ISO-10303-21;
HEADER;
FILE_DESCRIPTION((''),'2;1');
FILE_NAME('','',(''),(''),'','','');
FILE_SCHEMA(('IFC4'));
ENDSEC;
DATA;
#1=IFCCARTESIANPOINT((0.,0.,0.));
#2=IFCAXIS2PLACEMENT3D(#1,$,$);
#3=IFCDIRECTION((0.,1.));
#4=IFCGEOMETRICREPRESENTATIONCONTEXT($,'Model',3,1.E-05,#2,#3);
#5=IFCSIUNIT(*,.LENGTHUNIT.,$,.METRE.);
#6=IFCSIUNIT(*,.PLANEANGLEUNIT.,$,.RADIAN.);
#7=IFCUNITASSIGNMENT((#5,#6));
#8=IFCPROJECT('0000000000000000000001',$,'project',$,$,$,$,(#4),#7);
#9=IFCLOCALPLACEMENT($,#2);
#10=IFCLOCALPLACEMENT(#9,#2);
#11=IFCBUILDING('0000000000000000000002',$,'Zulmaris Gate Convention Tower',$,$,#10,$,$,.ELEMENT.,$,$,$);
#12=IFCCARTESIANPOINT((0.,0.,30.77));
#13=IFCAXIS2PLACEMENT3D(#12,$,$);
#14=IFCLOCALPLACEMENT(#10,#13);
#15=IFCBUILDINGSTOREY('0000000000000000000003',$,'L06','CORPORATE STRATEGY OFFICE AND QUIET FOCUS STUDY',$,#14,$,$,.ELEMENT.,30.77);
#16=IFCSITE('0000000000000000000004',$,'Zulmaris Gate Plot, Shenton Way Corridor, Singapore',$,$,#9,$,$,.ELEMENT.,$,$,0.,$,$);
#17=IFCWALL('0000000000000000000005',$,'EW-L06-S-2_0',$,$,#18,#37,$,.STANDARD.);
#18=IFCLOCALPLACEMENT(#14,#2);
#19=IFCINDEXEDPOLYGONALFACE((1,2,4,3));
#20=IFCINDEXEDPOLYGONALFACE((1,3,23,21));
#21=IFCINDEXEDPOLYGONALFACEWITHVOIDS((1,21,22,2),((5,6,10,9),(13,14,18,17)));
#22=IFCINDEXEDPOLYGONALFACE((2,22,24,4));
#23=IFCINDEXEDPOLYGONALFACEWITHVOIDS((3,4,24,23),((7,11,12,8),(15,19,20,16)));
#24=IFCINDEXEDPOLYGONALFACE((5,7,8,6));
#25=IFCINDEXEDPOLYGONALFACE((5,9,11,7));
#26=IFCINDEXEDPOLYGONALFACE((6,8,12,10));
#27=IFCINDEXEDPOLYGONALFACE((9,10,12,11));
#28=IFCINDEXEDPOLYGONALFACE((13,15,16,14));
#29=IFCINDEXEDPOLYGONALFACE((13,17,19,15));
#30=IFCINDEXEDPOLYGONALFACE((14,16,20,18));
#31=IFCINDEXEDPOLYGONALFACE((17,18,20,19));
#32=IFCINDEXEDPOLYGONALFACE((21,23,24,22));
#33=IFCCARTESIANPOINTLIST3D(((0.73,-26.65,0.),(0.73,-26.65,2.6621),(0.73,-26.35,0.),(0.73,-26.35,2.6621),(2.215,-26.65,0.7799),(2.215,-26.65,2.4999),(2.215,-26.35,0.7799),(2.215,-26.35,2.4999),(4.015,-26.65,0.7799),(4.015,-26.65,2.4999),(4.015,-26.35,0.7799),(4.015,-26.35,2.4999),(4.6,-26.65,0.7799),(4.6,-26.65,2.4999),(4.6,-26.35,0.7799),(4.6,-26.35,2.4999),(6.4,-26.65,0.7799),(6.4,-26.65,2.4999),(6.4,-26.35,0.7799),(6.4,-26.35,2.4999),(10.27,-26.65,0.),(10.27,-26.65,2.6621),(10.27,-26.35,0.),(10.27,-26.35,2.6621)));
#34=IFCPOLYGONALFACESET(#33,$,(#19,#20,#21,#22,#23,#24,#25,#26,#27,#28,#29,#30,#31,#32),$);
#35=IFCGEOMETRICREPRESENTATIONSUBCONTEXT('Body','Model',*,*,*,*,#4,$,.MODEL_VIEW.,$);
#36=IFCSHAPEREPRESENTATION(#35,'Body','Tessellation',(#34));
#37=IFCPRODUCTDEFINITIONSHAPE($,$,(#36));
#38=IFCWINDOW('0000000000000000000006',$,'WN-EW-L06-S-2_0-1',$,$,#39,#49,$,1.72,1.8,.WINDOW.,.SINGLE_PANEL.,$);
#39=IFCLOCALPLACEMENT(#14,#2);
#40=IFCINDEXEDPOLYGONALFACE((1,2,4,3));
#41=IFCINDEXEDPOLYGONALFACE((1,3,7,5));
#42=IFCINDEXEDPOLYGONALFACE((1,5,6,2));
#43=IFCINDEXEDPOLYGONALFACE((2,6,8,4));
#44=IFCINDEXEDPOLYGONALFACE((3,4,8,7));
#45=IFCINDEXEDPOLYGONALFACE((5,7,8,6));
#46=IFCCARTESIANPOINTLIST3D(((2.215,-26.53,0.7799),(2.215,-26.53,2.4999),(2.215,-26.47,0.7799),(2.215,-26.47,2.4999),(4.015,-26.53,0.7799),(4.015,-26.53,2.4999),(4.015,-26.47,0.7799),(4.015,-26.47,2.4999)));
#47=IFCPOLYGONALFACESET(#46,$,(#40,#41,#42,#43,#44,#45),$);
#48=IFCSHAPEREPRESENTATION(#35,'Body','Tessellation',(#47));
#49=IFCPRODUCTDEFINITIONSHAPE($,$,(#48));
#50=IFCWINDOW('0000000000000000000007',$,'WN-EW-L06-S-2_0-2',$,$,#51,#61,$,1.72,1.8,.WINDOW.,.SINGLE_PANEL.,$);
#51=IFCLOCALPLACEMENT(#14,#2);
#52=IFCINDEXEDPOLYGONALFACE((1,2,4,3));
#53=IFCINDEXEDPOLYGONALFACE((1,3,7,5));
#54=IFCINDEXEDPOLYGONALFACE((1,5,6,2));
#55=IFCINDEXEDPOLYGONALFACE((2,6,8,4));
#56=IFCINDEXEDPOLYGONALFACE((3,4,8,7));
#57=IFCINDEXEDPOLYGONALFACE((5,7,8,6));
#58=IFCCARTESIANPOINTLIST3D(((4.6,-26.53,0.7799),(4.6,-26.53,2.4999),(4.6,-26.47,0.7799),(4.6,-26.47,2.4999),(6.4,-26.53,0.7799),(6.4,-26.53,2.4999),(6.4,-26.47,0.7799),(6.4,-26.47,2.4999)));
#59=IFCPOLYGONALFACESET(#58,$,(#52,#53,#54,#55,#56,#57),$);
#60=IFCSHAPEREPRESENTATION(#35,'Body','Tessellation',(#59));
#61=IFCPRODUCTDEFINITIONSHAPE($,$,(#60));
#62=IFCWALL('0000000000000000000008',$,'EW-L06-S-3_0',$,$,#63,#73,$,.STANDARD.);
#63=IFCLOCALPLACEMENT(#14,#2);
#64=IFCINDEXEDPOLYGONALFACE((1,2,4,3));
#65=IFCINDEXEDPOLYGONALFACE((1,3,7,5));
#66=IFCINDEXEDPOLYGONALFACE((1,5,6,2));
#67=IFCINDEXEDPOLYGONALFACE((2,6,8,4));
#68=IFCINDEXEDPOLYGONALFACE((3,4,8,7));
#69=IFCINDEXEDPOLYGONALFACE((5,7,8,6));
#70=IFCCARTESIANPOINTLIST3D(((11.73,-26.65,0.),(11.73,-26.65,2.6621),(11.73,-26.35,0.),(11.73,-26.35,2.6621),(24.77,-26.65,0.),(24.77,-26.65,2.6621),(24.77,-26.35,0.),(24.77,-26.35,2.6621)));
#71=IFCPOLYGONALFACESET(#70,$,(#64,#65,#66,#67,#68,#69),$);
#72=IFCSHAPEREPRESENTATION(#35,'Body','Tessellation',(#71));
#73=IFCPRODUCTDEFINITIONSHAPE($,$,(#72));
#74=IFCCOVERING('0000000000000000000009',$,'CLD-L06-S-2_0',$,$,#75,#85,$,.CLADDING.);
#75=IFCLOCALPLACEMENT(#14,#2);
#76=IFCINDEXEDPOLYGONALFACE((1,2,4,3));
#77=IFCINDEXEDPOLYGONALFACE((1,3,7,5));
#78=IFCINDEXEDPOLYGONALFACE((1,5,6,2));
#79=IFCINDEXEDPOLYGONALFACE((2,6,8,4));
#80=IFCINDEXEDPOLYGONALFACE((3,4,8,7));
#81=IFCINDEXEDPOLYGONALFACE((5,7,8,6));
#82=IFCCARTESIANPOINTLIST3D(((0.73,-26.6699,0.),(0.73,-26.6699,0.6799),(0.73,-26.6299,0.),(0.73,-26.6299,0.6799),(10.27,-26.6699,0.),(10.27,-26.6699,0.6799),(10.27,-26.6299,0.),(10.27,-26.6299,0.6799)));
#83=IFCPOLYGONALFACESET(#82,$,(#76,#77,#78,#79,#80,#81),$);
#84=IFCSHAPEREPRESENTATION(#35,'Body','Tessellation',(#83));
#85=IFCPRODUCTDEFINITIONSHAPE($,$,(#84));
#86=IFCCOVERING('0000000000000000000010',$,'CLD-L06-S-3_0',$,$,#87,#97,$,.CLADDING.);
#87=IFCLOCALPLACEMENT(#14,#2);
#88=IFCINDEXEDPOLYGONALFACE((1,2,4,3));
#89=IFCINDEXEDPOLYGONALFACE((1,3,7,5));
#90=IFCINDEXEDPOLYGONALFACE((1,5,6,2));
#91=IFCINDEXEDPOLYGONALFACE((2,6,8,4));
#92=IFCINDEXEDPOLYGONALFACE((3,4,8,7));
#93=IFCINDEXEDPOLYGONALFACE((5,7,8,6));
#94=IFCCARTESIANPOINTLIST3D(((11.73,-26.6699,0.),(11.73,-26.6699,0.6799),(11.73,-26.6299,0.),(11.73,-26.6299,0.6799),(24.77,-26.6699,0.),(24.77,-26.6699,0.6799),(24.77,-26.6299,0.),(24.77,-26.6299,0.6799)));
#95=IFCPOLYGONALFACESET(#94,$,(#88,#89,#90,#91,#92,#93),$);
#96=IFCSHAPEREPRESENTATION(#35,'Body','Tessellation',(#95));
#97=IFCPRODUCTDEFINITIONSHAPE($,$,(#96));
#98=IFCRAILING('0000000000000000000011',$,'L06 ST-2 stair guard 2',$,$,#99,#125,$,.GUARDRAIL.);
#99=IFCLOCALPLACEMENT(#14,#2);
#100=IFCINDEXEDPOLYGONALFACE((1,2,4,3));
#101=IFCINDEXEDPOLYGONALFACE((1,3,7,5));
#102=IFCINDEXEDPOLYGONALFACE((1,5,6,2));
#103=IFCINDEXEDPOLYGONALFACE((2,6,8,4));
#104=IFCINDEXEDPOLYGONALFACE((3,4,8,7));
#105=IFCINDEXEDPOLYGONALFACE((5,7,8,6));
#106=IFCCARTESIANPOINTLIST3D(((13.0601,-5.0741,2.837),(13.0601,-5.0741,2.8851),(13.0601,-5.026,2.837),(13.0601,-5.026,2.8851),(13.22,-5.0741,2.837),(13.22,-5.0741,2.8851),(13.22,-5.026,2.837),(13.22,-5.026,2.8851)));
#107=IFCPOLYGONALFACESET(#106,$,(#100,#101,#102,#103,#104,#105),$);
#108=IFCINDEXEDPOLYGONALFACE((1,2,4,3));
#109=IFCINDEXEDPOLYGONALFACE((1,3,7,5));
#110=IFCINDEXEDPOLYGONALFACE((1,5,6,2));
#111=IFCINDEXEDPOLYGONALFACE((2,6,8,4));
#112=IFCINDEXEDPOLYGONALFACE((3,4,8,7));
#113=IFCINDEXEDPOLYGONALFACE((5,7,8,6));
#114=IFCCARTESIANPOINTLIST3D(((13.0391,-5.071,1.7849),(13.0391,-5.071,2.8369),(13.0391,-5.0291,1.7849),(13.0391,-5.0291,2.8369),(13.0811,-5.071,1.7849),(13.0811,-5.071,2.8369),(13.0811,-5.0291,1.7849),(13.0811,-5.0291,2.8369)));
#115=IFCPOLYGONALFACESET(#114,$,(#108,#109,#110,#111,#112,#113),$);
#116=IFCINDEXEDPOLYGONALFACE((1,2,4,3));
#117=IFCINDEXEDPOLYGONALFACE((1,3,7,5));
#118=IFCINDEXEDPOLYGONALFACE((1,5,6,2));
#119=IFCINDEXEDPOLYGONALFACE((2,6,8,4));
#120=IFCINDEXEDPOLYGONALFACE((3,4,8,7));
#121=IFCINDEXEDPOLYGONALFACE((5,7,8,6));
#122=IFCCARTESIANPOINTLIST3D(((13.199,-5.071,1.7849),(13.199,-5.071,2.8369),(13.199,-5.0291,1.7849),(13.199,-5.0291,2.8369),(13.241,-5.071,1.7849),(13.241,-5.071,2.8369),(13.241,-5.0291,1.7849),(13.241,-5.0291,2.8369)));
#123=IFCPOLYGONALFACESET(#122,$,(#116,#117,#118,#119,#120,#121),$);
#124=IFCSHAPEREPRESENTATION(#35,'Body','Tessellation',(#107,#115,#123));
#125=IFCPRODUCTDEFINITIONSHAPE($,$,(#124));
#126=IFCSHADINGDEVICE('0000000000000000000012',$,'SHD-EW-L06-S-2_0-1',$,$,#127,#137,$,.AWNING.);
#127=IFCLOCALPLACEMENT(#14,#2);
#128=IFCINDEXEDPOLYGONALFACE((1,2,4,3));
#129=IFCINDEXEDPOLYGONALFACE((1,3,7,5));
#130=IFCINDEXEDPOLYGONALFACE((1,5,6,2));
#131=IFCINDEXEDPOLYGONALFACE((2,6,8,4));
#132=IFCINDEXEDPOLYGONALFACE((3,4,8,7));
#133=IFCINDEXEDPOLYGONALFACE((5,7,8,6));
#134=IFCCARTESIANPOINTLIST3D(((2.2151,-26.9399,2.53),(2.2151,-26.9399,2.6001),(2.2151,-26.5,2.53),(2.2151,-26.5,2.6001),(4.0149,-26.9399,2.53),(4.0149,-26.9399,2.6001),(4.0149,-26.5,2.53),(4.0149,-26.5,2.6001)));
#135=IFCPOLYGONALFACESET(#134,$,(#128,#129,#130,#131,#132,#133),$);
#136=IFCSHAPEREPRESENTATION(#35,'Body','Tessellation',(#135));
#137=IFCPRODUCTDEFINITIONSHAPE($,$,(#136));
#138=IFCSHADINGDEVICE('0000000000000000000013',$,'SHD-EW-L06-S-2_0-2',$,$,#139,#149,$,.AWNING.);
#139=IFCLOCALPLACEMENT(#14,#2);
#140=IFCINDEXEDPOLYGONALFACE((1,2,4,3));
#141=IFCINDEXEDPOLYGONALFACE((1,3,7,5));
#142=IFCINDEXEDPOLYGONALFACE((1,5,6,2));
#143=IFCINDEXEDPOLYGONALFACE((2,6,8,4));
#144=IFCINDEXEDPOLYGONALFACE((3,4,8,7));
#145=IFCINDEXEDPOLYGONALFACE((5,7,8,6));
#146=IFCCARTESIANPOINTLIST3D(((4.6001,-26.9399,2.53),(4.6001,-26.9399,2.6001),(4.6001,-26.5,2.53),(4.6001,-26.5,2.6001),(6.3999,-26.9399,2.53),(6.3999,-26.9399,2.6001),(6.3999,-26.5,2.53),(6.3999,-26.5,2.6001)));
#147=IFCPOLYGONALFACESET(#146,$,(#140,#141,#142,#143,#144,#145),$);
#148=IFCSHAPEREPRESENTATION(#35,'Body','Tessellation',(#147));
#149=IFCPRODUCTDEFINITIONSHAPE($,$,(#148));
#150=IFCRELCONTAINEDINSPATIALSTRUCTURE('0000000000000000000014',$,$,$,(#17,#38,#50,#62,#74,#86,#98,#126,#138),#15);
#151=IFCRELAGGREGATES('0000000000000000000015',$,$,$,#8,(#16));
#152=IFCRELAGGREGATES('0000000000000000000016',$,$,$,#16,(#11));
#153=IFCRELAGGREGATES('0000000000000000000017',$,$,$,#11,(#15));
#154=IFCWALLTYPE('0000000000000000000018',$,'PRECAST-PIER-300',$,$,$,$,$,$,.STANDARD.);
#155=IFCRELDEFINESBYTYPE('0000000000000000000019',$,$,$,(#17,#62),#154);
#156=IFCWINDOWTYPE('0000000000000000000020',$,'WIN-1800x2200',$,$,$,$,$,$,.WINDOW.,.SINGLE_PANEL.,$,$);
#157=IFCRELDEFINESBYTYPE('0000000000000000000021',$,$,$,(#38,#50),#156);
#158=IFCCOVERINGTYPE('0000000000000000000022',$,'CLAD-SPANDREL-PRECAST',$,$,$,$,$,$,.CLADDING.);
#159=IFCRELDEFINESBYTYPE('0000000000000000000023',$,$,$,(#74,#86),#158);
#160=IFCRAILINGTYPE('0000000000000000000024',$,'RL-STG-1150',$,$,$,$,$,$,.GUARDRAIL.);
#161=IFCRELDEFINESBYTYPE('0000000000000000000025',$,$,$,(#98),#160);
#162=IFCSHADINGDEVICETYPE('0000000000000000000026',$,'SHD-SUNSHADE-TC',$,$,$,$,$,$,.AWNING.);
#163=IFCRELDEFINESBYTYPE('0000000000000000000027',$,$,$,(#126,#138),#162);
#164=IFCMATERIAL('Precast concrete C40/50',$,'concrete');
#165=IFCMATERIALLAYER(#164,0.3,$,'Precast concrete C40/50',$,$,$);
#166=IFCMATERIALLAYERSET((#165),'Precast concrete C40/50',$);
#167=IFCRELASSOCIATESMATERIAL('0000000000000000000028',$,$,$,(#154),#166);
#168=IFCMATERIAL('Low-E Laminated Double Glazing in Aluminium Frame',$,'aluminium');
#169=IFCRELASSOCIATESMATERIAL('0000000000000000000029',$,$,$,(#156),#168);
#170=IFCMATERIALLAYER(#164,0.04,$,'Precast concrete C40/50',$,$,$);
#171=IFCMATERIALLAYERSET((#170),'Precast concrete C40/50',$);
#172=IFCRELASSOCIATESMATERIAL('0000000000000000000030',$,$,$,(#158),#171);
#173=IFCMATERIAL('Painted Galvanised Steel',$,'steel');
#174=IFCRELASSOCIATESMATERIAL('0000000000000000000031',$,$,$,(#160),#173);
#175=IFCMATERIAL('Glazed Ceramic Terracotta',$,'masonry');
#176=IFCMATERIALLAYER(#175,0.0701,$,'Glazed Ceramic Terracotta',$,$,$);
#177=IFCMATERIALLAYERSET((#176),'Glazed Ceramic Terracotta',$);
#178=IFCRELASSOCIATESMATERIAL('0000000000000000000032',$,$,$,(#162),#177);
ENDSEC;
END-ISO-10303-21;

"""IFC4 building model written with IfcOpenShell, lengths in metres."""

from ifc_helpers import new_model, si_unit, direction, frame, frame_2d, origin, origin_2d, place, context, subcontext, project, spatial, rectangle, extrude, material, layer, layer_set, type_object, element, fill, save


model = new_model("IFC4")

# Units and contexts
model_context = context("Model", 3, precision=1e-05, world=origin(), true_north=direction((0.0, 1.0)))
body_context = subcontext(model_context, "Body", "Model", "MODEL_VIEW")
ifc_project = project(units=[si_unit("LENGTHUNIT", "METRE"), si_unit("PLANEANGLEUNIT", "RADIAN")], contexts=[model_context])

# Site, building, storey
site_placement = place(None, origin())
site = spatial("IfcSite", under=ifc_project, at=site_placement, Name="Zulmaris Gate Plot, Shenton Way Corridor, Singapore", CompositionType="ELEMENT", RefElevation=0.0)
building_placement = place(site_placement, origin())
building = spatial("IfcBuilding", under=site, at=building_placement, Name="Zulmaris Gate Convention Tower", CompositionType="ELEMENT")
storey_placement = place(building_placement, frame((0.0, 0.0, 30.77)))
storey = spatial("IfcBuildingStorey", under=building, at=storey_placement, Name="L06", Description="CORPORATE STRATEGY OFFICE AND QUIET FOCUS STUDY", CompositionType="ELEMENT", Elevation=30.77)

# Wall, openings, windows
ifc_material_1 = material(Name="Precast concrete C40/50", Category="concrete")
ifc_layer_1 = layer(ifc_material_1, 0.3, Name="Precast concrete C40/50")
ifc_layer_set_1 = layer_set([ifc_layer_1], Name="Precast concrete C40/50")
wall_type_1 = type_object("IfcWallType", Name="PRECAST-PIER-300", PredefinedType="STANDARD", material=ifc_layer_set_1)
wall_1_placement = place(storey_placement, frame((0.73, -26.5, 0.0), z_axis=(0.0, 0.0, 1.0), x_axis=(1.0, 0.0, 0.0)))
wall_1 = element("IfcWall", 1, at=wall_1_placement, inside=storey, type_object=wall_type_1, Name="EW-L06-S-2_0", PredefinedType="STANDARD", context=body_context, shape_type="SweptSolid", body=[
    extrude(rectangle(XDim=9.54, YDim=0.3, at=frame_2d((4.77, 0.0))), origin(), (0.0, 0.0, 1.0), 2.6621),
])
opening_1_placement = place(wall_1_placement, frame((1.4851, 0.0, 0.78)))
opening_1 = element("IfcOpeningElement", 2, at=opening_1_placement, cuts=wall_1, PredefinedType="OPENING", context=body_context, shape_type="SweptSolid", body=[
    extrude(rectangle(XDim=1.8, YDim=1.72, at=frame_2d((0.8999, 0.8599))), frame((0.0, 0.1602, 0.0), z_axis=(0.0, -1.0, 0.0), x_axis=(1.0, 0.0, 0.0)), (0.0, 0.0, 1.0), 0.3201),
])
opening_2_placement = place(wall_1_placement, frame((3.8701, 0.0, 0.78)))
opening_2 = element("IfcOpeningElement", 3, at=opening_2_placement, cuts=wall_1, PredefinedType="OPENING", context=body_context, shape_type="SweptSolid", body=[
    extrude(rectangle(XDim=1.8, YDim=1.72, at=frame_2d((0.8999, 0.8599))), frame((0.0, 0.1602, 0.0), z_axis=(0.0, -1.0, 0.0), x_axis=(1.0, 0.0, 0.0)), (0.0, 0.0, 1.0), 0.3201),
])
ifc_material_2 = material(Name="Low-E Laminated Double Glazing in Aluminium Frame", Category="aluminium")
window_type = type_object("IfcWindowType", Name="WIN-1800x2200", PartitioningType="SINGLE_PANEL", PredefinedType="WINDOW", material=ifc_material_2)
window_1_placement = place(opening_1_placement, origin())
window_1 = element("IfcWindow", 4, at=window_1_placement, inside=storey, type_object=window_type, Name="WN-EW-L06-S-2_0-1", OverallHeight=1.72, OverallWidth=1.8, PartitioningType="SINGLE_PANEL", PredefinedType="WINDOW", context=body_context, shape_type="SweptSolid", body=[
    extrude(rectangle(XDim=1.8, YDim=1.72, at=frame_2d((0.8999, 0.8599))), frame((0.0, 0.03, 0.0), z_axis=(0.0, -1.0, 0.0), x_axis=(1.0, 0.0, 0.0)), (0.0, 0.0, 1.0), 0.0601),
])
fill(opening_1, window_1)
window_2_placement = place(opening_2_placement, origin())
window_2 = element("IfcWindow", 5, at=window_2_placement, inside=storey, type_object=window_type, Name="WN-EW-L06-S-2_0-2", OverallHeight=1.72, OverallWidth=1.8, PartitioningType="SINGLE_PANEL", PredefinedType="WINDOW", context=body_context, shape_type="SweptSolid", body=[
    extrude(rectangle(XDim=1.8, YDim=1.72, at=frame_2d((0.8999, 0.8599))), frame((0.0, 0.03, 0.0), z_axis=(0.0, -1.0, 0.0), x_axis=(1.0, 0.0, 0.0)), (0.0, 0.0, 1.0), 0.0601),
])
fill(opening_2, window_2)

# Wall
wall_2_placement = place(storey_placement, frame((11.73, -26.5, 0.0), z_axis=(0.0, 0.0, 1.0), x_axis=(1.0, 0.0, 0.0)))
element("IfcWall", 6, at=wall_2_placement, inside=storey, type_object=wall_type_1, Name="EW-L06-S-3_0", PredefinedType="STANDARD", context=body_context, shape_type="SweptSolid", body=[
    extrude(rectangle(XDim=13.04, YDim=0.3, at=frame_2d((6.52, 0.0))), origin(), (0.0, 0.0, 1.0), 2.6621),
])

# Coverings
ifc_layer_2 = layer(ifc_material_1, 0.04, Name="Precast concrete C40/50")
ifc_layer_set_2 = layer_set([ifc_layer_2], Name="Precast concrete C40/50")
covering_type = type_object("IfcCoveringType", Name="CLAD-SPANDREL-PRECAST", PredefinedType="CLADDING", material=ifc_layer_set_2)
covering_1_placement = place(storey_placement, frame((0.73, -26.6499, 0.0), z_axis=(0.0, 0.0, 1.0), x_axis=(1.0, 0.0, 0.0)))
element("IfcCovering", 7, at=covering_1_placement, inside=storey, type_object=covering_type, Name="CLD-L06-S-2_0", PredefinedType="CLADDING", context=body_context, shape_type="SweptSolid", body=[
    extrude(rectangle(XDim=9.54, YDim=0.04, at=frame_2d((4.77, 0.0))), origin(), (0.0, 0.0, 1.0), 0.6799),
])
covering_2_placement = place(storey_placement, frame((11.73, -26.6499, 0.0), z_axis=(0.0, 0.0, 1.0), x_axis=(1.0, 0.0, 0.0)))
element("IfcCovering", 8, at=covering_2_placement, inside=storey, type_object=covering_type, Name="CLD-L06-S-3_0", PredefinedType="CLADDING", context=body_context, shape_type="SweptSolid", body=[
    extrude(rectangle(XDim=13.04, YDim=0.04, at=frame_2d((6.52, 0.0))), origin(), (0.0, 0.0, 1.0), 0.6799),
])

# Railing
ifc_material_3 = material(Name="Painted Galvanised Steel", Category="steel")
railing_type = type_object("IfcRailingType", Name="RL-STG-1150", PredefinedType="GUARDRAIL", material=ifc_material_3)
railing_placement = place(storey_placement, frame((13.0601, -5.05, 1.7849)))
element("IfcRailing", 9, at=railing_placement, inside=storey, type_object=railing_type, Name="L06 ST-2 stair guard 2", PredefinedType="GUARDRAIL", context=body_context, shape_type="SweptSolid", body=[
    extrude(rectangle(XDim=0.0481, YDim=0.0481, at=origin_2d()), frame((0.0, 0.0, 1.0762), z_axis=(1.0, 0.0, 0.0), x_axis=(0.0, 1.0, 0.0)), (0.0, 0.0, 1.0), 0.1599),
    extrude(rectangle(XDim=0.042, YDim=0.042, at=origin_2d()), origin(), (0.0, 0.0, 1.0), 1.052),
    extrude(rectangle(XDim=0.042, YDim=0.042, at=origin_2d()), frame((0.1599, 0.0, 0.0)), (0.0, 0.0, 1.0), 1.052),
])

# Shading devices
ifc_material_4 = material(Name="Glazed Ceramic Terracotta", Category="masonry")
ifc_layer_3 = layer(ifc_material_4, 0.0701, Name="Glazed Ceramic Terracotta")
ifc_layer_set_3 = layer_set([ifc_layer_3], Name="Glazed Ceramic Terracotta")
shading_device_type = type_object("IfcShadingDeviceType", Name="SHD-SUNSHADE-TC", PredefinedType="AWNING", material=ifc_layer_set_3)
for number, where, z_axis, x_axis, name in (
    (10, (2.2151, -26.72, 2.53), (0.0, 0.0, 1.0), (1.0, 0.0, 0.0), "SHD-EW-L06-S-2_0-1"),
    (11, (4.6001, -26.72, 2.53), (0.0, 0.0, 1.0), (1.0, 0.0, 0.0), "SHD-EW-L06-S-2_0-2"),
):
    element("IfcShadingDevice", number, at=place(storey_placement, frame(where, z_axis=z_axis, x_axis=x_axis)), inside=storey, type_object=shading_device_type, Name=name, PredefinedType="AWNING", context=body_context, shape_type="SweptSolid", body=[
        extrude(rectangle(XDim=1.7998, YDim=0.4399, at=frame_2d((0.8999, 0.0))), origin(), (0.0, 0.0, 1.0), 0.0701),
    ])

save(model, "model.ifc")
